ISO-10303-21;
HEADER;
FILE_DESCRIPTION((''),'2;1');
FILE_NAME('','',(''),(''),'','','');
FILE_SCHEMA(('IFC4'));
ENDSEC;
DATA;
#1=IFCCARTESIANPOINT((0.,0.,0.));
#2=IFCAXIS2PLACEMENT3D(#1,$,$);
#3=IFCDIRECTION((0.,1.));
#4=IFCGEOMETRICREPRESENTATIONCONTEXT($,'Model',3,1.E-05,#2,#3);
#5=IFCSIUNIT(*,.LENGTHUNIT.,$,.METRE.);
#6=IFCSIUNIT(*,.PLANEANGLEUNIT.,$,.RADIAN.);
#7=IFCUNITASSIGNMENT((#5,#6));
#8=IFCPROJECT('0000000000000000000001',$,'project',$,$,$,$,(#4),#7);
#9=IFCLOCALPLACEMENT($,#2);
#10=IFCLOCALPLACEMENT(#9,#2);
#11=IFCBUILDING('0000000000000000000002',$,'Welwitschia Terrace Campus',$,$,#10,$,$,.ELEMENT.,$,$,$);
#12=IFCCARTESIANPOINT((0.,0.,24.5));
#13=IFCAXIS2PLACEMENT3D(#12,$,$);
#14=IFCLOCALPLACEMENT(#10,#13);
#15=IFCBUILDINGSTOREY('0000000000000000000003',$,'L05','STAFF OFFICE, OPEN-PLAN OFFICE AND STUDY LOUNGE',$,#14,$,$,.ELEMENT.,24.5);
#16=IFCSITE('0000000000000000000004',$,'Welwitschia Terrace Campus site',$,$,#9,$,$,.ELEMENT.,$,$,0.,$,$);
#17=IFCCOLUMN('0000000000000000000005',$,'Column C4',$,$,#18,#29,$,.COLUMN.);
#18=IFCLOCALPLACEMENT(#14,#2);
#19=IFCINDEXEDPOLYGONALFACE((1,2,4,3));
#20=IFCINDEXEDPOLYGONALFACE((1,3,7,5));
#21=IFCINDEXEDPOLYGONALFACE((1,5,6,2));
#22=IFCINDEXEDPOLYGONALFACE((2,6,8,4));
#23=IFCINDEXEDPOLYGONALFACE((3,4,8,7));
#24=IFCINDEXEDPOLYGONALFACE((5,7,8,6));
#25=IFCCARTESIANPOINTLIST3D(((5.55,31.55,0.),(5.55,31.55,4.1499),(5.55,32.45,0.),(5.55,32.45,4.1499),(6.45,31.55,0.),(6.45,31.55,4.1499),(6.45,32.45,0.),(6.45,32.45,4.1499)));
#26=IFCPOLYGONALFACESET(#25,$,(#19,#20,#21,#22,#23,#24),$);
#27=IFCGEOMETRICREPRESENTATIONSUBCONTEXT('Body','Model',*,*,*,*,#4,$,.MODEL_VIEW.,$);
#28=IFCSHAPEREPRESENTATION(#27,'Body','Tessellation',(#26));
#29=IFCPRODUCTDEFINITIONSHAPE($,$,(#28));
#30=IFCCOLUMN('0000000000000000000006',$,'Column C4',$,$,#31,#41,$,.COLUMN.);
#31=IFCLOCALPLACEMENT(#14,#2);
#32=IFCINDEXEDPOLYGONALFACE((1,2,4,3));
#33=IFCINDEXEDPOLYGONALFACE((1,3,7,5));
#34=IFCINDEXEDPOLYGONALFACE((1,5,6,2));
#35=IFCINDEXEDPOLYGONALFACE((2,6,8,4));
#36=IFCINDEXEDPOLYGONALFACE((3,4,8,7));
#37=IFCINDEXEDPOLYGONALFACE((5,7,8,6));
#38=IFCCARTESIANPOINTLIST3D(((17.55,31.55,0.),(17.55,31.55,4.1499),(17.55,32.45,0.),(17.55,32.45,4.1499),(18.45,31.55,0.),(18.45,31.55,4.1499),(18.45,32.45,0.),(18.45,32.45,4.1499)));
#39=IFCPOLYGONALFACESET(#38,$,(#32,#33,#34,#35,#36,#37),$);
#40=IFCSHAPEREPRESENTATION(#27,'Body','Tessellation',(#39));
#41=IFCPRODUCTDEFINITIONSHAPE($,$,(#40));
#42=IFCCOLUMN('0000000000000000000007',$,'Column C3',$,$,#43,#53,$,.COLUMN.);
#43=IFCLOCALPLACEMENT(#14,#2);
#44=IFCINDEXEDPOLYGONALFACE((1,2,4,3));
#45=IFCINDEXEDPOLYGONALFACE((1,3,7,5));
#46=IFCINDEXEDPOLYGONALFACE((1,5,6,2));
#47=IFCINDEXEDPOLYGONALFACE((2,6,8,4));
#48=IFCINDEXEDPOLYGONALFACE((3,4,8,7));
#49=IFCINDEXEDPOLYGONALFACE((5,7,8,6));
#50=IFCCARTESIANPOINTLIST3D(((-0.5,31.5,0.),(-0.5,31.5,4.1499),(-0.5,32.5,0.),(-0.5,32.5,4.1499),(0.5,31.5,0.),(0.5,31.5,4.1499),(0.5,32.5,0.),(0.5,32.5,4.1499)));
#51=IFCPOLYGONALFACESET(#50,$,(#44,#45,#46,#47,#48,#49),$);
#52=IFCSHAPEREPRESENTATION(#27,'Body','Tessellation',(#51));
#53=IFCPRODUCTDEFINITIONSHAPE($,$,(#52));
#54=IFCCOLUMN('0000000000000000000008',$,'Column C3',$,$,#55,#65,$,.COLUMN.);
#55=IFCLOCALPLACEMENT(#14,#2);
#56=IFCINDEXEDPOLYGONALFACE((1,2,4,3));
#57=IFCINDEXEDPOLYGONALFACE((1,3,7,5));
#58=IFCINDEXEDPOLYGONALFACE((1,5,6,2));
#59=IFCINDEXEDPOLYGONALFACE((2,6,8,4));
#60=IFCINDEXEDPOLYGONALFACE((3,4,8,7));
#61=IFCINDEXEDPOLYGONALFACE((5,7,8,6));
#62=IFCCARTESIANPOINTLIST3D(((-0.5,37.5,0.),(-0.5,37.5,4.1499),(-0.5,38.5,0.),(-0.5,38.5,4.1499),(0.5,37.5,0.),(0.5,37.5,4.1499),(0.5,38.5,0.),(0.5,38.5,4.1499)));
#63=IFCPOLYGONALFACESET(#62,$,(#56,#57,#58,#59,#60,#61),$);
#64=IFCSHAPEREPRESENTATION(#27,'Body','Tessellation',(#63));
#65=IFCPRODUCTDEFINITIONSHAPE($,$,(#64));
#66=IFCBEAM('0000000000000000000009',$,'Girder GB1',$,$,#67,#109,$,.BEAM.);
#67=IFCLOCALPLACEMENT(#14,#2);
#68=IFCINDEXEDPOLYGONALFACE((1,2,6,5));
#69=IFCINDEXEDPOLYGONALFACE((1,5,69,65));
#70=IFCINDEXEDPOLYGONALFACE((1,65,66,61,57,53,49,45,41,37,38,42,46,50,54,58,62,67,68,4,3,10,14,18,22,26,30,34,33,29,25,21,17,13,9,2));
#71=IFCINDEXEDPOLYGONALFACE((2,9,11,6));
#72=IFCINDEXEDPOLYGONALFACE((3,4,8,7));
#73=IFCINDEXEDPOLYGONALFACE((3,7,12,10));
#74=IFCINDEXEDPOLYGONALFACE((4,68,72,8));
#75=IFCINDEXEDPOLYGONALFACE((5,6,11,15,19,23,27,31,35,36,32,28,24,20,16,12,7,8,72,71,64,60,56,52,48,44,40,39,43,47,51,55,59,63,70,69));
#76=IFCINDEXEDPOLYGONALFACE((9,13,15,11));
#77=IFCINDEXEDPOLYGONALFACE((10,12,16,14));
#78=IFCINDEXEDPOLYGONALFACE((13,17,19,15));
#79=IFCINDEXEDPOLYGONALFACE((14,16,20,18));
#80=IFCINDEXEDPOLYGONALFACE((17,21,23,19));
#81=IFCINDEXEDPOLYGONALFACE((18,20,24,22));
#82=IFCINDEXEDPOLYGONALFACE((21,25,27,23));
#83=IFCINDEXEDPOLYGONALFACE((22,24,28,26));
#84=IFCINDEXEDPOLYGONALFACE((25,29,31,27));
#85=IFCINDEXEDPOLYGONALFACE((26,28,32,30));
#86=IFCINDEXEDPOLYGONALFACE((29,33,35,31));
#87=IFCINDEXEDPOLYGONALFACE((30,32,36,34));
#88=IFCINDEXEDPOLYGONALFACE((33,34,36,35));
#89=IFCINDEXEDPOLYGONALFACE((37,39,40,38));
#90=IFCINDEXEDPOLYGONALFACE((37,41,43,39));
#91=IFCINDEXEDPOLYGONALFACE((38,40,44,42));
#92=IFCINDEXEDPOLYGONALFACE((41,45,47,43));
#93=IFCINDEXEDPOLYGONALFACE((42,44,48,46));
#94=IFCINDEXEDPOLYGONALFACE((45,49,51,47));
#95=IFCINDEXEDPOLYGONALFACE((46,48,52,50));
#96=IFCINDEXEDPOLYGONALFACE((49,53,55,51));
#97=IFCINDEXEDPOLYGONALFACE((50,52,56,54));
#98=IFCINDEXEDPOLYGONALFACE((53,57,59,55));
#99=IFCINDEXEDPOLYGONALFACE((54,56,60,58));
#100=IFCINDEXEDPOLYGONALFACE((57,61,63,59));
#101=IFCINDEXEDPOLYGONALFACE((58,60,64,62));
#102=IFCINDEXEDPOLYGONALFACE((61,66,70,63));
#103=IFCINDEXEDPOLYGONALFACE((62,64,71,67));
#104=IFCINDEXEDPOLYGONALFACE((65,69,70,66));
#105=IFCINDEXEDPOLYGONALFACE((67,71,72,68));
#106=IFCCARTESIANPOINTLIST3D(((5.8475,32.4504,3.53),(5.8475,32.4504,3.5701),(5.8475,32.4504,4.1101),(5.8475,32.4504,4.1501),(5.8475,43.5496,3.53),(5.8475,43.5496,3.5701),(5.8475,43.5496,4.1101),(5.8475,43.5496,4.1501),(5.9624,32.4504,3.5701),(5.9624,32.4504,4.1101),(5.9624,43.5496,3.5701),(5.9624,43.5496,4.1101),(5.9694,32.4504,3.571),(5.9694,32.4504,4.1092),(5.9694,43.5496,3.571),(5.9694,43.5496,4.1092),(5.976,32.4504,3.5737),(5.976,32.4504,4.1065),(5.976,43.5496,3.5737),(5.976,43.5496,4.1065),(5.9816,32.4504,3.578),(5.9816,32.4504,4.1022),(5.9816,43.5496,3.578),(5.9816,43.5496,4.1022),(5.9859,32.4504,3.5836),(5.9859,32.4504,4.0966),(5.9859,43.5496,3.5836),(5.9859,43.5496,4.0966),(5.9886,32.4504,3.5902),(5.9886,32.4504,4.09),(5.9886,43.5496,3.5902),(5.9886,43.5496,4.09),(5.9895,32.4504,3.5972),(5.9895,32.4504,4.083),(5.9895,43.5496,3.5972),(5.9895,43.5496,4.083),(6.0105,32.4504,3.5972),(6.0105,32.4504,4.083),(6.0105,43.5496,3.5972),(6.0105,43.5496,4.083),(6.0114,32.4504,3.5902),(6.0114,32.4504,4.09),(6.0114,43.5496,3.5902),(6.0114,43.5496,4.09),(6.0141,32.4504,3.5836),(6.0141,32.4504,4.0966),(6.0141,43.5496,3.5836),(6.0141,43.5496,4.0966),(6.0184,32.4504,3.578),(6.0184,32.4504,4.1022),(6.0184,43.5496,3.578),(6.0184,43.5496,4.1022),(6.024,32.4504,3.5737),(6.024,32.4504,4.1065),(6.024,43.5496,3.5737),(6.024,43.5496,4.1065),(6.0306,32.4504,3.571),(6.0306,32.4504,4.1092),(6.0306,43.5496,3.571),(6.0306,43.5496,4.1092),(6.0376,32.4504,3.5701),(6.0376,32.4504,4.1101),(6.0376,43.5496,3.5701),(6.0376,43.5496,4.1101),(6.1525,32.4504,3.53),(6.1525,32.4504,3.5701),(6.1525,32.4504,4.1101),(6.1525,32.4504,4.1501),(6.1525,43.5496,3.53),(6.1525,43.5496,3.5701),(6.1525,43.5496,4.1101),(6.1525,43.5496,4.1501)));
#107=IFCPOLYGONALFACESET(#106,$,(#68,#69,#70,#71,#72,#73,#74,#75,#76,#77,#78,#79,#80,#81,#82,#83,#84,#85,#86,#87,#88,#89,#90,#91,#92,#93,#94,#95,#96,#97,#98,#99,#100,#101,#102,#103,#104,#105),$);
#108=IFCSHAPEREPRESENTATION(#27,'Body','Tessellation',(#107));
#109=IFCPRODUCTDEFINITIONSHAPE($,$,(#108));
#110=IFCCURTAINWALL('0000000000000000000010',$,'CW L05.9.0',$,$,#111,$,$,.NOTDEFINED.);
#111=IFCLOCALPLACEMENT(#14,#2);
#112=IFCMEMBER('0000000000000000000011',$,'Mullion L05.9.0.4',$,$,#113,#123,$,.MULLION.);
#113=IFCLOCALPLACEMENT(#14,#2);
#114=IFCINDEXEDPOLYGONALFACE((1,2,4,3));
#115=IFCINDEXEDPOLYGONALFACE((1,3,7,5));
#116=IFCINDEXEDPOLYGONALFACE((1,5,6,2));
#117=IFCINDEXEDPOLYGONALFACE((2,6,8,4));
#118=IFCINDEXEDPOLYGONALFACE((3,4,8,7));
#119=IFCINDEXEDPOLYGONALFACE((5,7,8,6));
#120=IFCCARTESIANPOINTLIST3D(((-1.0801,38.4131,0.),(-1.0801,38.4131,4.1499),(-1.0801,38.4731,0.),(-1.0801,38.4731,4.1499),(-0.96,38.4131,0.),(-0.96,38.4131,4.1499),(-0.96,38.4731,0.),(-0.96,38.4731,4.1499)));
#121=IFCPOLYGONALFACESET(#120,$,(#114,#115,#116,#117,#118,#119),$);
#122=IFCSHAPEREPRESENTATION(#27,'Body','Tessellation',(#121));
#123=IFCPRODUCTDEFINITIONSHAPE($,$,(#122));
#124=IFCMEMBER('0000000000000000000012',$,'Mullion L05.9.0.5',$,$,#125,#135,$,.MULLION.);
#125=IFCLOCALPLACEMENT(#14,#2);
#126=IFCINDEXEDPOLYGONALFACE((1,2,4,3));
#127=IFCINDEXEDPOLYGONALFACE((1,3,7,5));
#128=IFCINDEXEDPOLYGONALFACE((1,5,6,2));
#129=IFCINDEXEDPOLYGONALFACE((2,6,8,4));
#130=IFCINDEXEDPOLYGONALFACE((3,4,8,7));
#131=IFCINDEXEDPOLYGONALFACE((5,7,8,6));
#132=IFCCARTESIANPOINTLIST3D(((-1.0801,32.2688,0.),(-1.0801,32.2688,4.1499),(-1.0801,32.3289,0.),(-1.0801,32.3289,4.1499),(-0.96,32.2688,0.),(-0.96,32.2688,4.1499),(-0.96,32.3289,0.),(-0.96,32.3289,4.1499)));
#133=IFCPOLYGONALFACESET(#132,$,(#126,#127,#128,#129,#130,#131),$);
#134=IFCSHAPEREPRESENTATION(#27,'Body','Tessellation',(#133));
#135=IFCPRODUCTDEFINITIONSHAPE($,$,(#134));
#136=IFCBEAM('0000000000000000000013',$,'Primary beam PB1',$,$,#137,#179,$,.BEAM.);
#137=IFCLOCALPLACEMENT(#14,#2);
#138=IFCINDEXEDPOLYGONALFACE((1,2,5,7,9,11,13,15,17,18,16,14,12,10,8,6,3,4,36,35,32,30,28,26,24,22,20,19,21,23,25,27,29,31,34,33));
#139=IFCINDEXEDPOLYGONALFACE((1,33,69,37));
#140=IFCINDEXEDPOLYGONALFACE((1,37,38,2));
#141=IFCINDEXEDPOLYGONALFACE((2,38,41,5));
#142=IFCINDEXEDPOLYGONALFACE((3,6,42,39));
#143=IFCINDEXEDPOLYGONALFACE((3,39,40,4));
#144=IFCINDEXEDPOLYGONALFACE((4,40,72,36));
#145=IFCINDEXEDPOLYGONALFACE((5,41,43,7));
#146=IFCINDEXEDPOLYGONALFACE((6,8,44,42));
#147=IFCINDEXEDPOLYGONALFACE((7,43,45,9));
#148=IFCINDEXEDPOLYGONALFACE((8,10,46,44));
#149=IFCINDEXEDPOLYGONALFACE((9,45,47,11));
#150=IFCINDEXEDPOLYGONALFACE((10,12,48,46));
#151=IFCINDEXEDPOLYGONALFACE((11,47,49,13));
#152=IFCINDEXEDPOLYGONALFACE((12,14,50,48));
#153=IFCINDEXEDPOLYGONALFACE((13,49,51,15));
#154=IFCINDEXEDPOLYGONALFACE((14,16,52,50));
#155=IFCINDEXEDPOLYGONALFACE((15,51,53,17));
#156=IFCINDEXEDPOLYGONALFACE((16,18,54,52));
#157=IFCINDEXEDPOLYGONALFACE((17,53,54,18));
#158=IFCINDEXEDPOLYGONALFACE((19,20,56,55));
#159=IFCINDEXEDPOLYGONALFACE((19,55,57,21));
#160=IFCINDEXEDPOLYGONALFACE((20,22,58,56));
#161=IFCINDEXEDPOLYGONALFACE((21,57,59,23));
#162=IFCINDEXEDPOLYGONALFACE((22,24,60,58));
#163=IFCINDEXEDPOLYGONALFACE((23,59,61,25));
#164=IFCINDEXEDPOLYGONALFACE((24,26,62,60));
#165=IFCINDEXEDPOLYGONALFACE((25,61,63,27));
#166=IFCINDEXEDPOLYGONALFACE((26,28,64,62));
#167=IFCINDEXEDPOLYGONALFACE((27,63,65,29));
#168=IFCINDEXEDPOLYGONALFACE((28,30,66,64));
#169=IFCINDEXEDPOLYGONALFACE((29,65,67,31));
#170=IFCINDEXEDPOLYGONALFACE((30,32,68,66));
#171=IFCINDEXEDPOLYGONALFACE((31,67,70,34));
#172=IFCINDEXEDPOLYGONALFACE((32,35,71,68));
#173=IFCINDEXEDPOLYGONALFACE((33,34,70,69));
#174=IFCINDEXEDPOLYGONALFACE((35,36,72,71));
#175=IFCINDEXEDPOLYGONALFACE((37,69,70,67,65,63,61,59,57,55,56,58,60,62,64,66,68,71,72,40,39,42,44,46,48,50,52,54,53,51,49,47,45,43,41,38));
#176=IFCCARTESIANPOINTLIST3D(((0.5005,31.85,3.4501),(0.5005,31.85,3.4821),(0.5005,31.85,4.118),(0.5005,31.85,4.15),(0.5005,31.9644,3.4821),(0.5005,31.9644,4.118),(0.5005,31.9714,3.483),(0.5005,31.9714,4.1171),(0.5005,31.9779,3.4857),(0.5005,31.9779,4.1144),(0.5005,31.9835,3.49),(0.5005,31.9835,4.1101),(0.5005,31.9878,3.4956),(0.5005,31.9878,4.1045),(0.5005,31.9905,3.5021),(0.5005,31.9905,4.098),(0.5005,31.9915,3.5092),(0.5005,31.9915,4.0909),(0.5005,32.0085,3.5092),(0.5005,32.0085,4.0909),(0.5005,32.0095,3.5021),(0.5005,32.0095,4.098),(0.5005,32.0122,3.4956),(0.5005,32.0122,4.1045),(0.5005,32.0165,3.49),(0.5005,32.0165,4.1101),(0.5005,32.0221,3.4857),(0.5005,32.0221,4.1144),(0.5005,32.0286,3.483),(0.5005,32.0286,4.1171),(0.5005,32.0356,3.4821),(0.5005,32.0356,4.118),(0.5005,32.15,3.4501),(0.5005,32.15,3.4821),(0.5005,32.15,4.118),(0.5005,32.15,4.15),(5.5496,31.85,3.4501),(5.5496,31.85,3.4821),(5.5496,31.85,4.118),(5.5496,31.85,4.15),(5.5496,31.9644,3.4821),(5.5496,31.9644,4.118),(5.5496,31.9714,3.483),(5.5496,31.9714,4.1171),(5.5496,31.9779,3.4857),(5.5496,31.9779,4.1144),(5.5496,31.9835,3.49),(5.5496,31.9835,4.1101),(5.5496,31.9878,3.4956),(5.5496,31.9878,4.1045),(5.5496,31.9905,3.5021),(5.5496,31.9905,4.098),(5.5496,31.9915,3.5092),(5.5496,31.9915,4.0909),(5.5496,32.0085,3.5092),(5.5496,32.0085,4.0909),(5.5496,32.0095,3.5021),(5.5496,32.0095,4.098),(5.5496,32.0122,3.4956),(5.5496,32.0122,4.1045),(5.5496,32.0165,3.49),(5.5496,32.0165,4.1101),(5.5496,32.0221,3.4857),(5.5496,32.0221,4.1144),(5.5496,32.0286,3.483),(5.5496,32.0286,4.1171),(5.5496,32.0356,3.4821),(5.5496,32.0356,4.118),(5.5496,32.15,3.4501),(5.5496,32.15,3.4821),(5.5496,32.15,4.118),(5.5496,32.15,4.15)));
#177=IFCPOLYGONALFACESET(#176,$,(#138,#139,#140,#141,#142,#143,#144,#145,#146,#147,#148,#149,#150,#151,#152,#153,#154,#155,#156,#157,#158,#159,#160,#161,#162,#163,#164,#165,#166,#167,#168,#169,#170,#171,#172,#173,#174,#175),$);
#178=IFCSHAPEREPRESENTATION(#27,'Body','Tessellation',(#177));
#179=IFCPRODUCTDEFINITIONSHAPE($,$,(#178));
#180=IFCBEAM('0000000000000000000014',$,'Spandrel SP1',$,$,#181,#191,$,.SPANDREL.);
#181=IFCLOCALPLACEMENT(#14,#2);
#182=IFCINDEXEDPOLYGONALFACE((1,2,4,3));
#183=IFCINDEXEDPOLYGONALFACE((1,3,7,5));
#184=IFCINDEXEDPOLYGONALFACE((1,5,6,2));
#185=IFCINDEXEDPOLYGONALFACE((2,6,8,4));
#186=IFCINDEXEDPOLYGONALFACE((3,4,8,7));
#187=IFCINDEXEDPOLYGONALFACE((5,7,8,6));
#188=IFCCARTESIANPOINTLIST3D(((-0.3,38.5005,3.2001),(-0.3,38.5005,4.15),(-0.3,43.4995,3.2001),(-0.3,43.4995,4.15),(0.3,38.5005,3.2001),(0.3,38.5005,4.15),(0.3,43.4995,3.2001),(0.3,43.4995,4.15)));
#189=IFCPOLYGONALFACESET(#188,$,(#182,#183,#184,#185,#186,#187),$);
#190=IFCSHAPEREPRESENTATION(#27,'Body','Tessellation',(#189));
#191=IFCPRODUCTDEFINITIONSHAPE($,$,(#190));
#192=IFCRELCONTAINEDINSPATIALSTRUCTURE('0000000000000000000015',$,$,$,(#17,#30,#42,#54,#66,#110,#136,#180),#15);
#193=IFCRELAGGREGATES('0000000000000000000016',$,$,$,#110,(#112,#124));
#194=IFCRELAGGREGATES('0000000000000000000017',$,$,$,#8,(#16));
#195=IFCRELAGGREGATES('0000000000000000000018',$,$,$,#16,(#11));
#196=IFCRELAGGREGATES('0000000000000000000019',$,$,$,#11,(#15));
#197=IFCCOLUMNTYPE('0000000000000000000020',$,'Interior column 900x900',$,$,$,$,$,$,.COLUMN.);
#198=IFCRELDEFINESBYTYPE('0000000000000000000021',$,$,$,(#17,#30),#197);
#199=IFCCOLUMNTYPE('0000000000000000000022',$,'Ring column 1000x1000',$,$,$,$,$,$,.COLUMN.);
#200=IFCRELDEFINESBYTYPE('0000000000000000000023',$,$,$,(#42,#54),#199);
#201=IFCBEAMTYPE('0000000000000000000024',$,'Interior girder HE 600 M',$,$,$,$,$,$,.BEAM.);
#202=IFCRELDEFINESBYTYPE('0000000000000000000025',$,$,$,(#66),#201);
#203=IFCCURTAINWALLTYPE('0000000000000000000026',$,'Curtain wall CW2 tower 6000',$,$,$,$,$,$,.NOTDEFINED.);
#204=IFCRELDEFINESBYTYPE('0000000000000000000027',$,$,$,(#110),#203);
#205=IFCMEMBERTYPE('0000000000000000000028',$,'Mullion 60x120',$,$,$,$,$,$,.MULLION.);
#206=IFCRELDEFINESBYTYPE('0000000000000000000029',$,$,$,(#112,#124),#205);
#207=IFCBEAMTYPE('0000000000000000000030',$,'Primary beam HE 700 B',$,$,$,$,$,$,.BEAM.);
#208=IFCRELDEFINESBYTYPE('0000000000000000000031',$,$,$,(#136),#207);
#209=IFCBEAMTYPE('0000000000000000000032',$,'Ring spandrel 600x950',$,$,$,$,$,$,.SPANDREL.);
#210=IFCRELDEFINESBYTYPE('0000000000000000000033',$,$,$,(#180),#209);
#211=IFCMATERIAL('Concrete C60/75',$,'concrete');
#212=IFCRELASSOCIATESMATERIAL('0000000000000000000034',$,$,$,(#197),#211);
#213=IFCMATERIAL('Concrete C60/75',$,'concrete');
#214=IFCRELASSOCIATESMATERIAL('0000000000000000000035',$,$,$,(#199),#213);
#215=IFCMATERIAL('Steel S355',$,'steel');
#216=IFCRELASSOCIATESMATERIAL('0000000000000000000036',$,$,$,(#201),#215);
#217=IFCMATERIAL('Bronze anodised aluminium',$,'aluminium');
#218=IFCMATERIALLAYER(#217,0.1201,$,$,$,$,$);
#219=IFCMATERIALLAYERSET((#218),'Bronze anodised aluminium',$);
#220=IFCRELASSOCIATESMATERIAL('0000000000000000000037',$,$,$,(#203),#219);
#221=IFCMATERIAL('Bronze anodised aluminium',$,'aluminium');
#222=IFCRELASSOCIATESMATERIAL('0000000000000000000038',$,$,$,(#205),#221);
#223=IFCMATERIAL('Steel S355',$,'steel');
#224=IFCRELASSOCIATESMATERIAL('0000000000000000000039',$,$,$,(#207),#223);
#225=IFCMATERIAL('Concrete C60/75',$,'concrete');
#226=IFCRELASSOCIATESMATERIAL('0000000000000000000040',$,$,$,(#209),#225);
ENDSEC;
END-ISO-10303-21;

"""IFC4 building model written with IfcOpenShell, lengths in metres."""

from ifc_helpers import new_model, si_unit, direction, frame, origin, origin_2d, place, context, subcontext, project, spatial, rectangle, i_section, extrude, material, layer, layer_set, material_profile, profile_set, type_object, element, aggregate, save


model = new_model("IFC4")

# Units and contexts
model_context = context("Model", 3, precision=1e-05, world=origin(), true_north=direction((0.0, 1.0)))
body_context = subcontext(model_context, "Body", "Model", "MODEL_VIEW")
ifc_project = project(units=[si_unit("LENGTHUNIT", "METRE"), si_unit("PLANEANGLEUNIT", "RADIAN")], contexts=[model_context])

# Site, building, storey
site_placement = place(None, origin())
site = spatial("IfcSite", under=ifc_project, at=site_placement, Name="Welwitschia Terrace Campus site", CompositionType="ELEMENT", RefElevation=0.0)
building_placement = place(site_placement, origin())
building = spatial("IfcBuilding", under=site, at=building_placement, Name="Welwitschia Terrace Campus", CompositionType="ELEMENT")
storey_placement = place(building_placement, frame((0.0, 0.0, 24.5)))
storey = spatial("IfcBuildingStorey", under=building, at=storey_placement, Name="L05", Description="STAFF OFFICE, OPEN-PLAN OFFICE AND STUDY LOUNGE", CompositionType="ELEMENT", Elevation=24.5)

# Columns
ifc_material_1 = material(Name="Concrete C60/75", Category="concrete")
ifc_material_profile_1 = material_profile(ifc_material_1, rectangle(XDim=0.8999, YDim=0.8999, at=origin_2d()))
ifc_profile_set_1 = profile_set([ifc_material_profile_1], Name="Concrete C60/75")
column_type_1 = type_object("IfcColumnType", Name="Interior column 900x900", PredefinedType="COLUMN", material=ifc_profile_set_1)
for number, where, z_axis, x_axis, name in (
    (1, (6.0, 32.0, 0.0), (0.0, 0.0, 1.0), (1.0, 0.0, 0.0), "Column C4"),
    (2, (18.0, 32.0, 0.0), (0.0, 0.0, 1.0), (1.0, 0.0, 0.0), "Column C4"),
):
    element("IfcColumn", number, at=place(storey_placement, frame(where, z_axis=z_axis, x_axis=x_axis)), inside=storey, type_object=column_type_1, Name=name, PredefinedType="COLUMN", context=body_context, shape_type="SweptSolid", body=[
        extrude(rectangle(XDim=0.8999, YDim=0.8999, at=origin_2d()), origin(), (0.0, 0.0, 1.0), 4.1499),
    ])
ifc_material_2 = material(Name="Concrete C60/75", Category="concrete")
ifc_material_profile_2 = material_profile(ifc_material_2, rectangle(XDim=1.0, YDim=1.0, at=origin_2d()))
ifc_profile_set_2 = profile_set([ifc_material_profile_2], Name="Concrete C60/75")
column_type_2 = type_object("IfcColumnType", Name="Ring column 1000x1000", PredefinedType="COLUMN", material=ifc_profile_set_2)
for number, where, z_axis, x_axis, name in (
    (3, (0.0, 32.0, 0.0), (0.0, 0.0, 1.0), (1.0, 0.0, 0.0), "Column C3"),
    (4, (0.0, 38.0, 0.0), (0.0, 0.0, 1.0), (1.0, 0.0, 0.0), "Column C3"),
):
    element("IfcColumn", number, at=place(storey_placement, frame(where, z_axis=z_axis, x_axis=x_axis)), inside=storey, type_object=column_type_2, Name=name, PredefinedType="COLUMN", context=body_context, shape_type="SweptSolid", body=[
        extrude(rectangle(XDim=1.0, YDim=1.0, at=origin_2d()), origin(), (0.0, 0.0, 1.0), 4.1499),
    ])

# Beam
ifc_material_3 = material(Name="Steel S355", Category="steel")
ifc_material_profile_3 = material_profile(ifc_material_3, i_section(OverallWidth=0.3049, OverallDepth=0.6201, WebThickness=0.021, FlangeThickness=0.04, FilletRadius=0.0271, at=origin_2d()))
ifc_profile_set_3 = profile_set([ifc_material_profile_3], Name="Steel S355")
beam_type_1 = type_object("IfcBeamType", Name="Interior girder HE 600 M", PredefinedType="BEAM", material=ifc_profile_set_3)
beam_1_placement = place(storey_placement, frame((6.0, 32.4504, 3.8401), z_axis=(0.0, 1.0, 0.0), x_axis=(-1.0, 0.0, 0.0)))
element("IfcBeam", 5, at=beam_1_placement, inside=storey, type_object=beam_type_1, Name="Girder GB1", PredefinedType="BEAM", context=body_context, shape_type="SweptSolid", body=[
    extrude(i_section(OverallWidth=0.3049, OverallDepth=0.6201, WebThickness=0.021, FlangeThickness=0.04, FilletRadius=0.0271, at=origin_2d()), origin(), (0.0, 0.0, 1.0), 11.0991),
])

# Curtain wall, members
ifc_material_4 = material(Name="Bronze anodised aluminium", Category="aluminium")
ifc_layer_1 = layer(ifc_material_4, 0.1201)
ifc_layer_set_1 = layer_set([ifc_layer_1], Name="Bronze anodised aluminium")
curtain_wall_type = type_object("IfcCurtainWallType", Name="Curtain wall CW2 tower 6000", PredefinedType="NOTDEFINED", material=ifc_layer_set_1)
curtain_wall_placement = place(storey_placement, origin())
curtain_wall = element("IfcCurtainWall", 6, at=curtain_wall_placement, inside=storey, type_object=curtain_wall_type, Name="CW L05.9.0", PredefinedType="NOTDEFINED")
ifc_material_5 = material(Name="Bronze anodised aluminium", Category="aluminium")
ifc_material_profile_4 = material_profile(ifc_material_5, rectangle(XDim=0.1201, YDim=0.0601, at=origin_2d()))
ifc_profile_set_4 = profile_set([ifc_material_profile_4], Name="Bronze anodised aluminium")
member_type = type_object("IfcMemberType", Name="Mullion 60x120", PredefinedType="MULLION", material=ifc_profile_set_4)
member_1_placement = place(storey_placement, frame((-1.02, 38.4431, 0.0), z_axis=(0.0, 0.0, 1.0), x_axis=(1.0, 0.0, 0.0)))
member_1 = element("IfcMember", 7, at=member_1_placement, type_object=member_type, Name="Mullion L05.9.0.4", PredefinedType="MULLION", context=body_context, shape_type="SweptSolid", body=[
    extrude(rectangle(XDim=0.1201, YDim=0.0601, at=origin_2d()), origin(), (0.0, 0.0, 1.0), 4.1499),
])
member_2_placement = place(storey_placement, frame((-1.02, 32.2988, 0.0), z_axis=(0.0, 0.0, 1.0), x_axis=(1.0, 0.0, 0.0)))
member_2 = element("IfcMember", 8, at=member_2_placement, type_object=member_type, Name="Mullion L05.9.0.5", PredefinedType="MULLION", context=body_context, shape_type="SweptSolid", body=[
    extrude(rectangle(XDim=0.1201, YDim=0.0601, at=origin_2d()), origin(), (0.0, 0.0, 1.0), 4.1499),
])

# Beams
ifc_material_6 = material(Name="Steel S355", Category="steel")
ifc_material_profile_5 = material_profile(ifc_material_6, i_section(OverallWidth=0.3, OverallDepth=0.7, WebThickness=0.0171, FlangeThickness=0.032, FilletRadius=0.0271, at=origin_2d()))
ifc_profile_set_5 = profile_set([ifc_material_profile_5], Name="Steel S355")
beam_type_2 = type_object("IfcBeamType", Name="Primary beam HE 700 B", PredefinedType="BEAM", material=ifc_profile_set_5)
beam_2_placement = place(storey_placement, frame((0.5005, 32.0, 3.8), z_axis=(1.0, 0.0, 0.0), x_axis=(0.0, 1.0, 0.0)))
element("IfcBeam", 9, at=beam_2_placement, inside=storey, type_object=beam_type_2, Name="Primary beam PB1", PredefinedType="BEAM", context=body_context, shape_type="SweptSolid", body=[
    extrude(i_section(OverallWidth=0.3, OverallDepth=0.7, WebThickness=0.0171, FlangeThickness=0.032, FilletRadius=0.0271, at=origin_2d()), origin(), (0.0, 0.0, 1.0), 5.0491),
])
ifc_material_7 = material(Name="Concrete C60/75", Category="concrete")
ifc_material_profile_6 = material_profile(ifc_material_7, rectangle(XDim=0.6001, YDim=0.95, at=origin_2d()))
ifc_profile_set_6 = profile_set([ifc_material_profile_6], Name="Concrete C60/75")
beam_type_3 = type_object("IfcBeamType", Name="Ring spandrel 600x950", PredefinedType="SPANDREL", material=ifc_profile_set_6)
for number, where, z_axis, x_axis, name in (
    (10, (0.0, 43.4995, 3.675), (0.0, -1.0, 0.0), (1.0, 0.0, 0.0), "Spandrel SP1"),
):
    element("IfcBeam", number, at=place(storey_placement, frame(where, z_axis=z_axis, x_axis=x_axis)), inside=storey, type_object=beam_type_3, Name=name, PredefinedType="SPANDREL", context=body_context, shape_type="SweptSolid", body=[
        extrude(rectangle(XDim=0.6001, YDim=0.95, at=origin_2d()), origin(), (0.0, 0.0, 1.0), 4.999),
    ])

aggregate(curtain_wall, [member_1, member_2])

save(model, "model.ifc")
